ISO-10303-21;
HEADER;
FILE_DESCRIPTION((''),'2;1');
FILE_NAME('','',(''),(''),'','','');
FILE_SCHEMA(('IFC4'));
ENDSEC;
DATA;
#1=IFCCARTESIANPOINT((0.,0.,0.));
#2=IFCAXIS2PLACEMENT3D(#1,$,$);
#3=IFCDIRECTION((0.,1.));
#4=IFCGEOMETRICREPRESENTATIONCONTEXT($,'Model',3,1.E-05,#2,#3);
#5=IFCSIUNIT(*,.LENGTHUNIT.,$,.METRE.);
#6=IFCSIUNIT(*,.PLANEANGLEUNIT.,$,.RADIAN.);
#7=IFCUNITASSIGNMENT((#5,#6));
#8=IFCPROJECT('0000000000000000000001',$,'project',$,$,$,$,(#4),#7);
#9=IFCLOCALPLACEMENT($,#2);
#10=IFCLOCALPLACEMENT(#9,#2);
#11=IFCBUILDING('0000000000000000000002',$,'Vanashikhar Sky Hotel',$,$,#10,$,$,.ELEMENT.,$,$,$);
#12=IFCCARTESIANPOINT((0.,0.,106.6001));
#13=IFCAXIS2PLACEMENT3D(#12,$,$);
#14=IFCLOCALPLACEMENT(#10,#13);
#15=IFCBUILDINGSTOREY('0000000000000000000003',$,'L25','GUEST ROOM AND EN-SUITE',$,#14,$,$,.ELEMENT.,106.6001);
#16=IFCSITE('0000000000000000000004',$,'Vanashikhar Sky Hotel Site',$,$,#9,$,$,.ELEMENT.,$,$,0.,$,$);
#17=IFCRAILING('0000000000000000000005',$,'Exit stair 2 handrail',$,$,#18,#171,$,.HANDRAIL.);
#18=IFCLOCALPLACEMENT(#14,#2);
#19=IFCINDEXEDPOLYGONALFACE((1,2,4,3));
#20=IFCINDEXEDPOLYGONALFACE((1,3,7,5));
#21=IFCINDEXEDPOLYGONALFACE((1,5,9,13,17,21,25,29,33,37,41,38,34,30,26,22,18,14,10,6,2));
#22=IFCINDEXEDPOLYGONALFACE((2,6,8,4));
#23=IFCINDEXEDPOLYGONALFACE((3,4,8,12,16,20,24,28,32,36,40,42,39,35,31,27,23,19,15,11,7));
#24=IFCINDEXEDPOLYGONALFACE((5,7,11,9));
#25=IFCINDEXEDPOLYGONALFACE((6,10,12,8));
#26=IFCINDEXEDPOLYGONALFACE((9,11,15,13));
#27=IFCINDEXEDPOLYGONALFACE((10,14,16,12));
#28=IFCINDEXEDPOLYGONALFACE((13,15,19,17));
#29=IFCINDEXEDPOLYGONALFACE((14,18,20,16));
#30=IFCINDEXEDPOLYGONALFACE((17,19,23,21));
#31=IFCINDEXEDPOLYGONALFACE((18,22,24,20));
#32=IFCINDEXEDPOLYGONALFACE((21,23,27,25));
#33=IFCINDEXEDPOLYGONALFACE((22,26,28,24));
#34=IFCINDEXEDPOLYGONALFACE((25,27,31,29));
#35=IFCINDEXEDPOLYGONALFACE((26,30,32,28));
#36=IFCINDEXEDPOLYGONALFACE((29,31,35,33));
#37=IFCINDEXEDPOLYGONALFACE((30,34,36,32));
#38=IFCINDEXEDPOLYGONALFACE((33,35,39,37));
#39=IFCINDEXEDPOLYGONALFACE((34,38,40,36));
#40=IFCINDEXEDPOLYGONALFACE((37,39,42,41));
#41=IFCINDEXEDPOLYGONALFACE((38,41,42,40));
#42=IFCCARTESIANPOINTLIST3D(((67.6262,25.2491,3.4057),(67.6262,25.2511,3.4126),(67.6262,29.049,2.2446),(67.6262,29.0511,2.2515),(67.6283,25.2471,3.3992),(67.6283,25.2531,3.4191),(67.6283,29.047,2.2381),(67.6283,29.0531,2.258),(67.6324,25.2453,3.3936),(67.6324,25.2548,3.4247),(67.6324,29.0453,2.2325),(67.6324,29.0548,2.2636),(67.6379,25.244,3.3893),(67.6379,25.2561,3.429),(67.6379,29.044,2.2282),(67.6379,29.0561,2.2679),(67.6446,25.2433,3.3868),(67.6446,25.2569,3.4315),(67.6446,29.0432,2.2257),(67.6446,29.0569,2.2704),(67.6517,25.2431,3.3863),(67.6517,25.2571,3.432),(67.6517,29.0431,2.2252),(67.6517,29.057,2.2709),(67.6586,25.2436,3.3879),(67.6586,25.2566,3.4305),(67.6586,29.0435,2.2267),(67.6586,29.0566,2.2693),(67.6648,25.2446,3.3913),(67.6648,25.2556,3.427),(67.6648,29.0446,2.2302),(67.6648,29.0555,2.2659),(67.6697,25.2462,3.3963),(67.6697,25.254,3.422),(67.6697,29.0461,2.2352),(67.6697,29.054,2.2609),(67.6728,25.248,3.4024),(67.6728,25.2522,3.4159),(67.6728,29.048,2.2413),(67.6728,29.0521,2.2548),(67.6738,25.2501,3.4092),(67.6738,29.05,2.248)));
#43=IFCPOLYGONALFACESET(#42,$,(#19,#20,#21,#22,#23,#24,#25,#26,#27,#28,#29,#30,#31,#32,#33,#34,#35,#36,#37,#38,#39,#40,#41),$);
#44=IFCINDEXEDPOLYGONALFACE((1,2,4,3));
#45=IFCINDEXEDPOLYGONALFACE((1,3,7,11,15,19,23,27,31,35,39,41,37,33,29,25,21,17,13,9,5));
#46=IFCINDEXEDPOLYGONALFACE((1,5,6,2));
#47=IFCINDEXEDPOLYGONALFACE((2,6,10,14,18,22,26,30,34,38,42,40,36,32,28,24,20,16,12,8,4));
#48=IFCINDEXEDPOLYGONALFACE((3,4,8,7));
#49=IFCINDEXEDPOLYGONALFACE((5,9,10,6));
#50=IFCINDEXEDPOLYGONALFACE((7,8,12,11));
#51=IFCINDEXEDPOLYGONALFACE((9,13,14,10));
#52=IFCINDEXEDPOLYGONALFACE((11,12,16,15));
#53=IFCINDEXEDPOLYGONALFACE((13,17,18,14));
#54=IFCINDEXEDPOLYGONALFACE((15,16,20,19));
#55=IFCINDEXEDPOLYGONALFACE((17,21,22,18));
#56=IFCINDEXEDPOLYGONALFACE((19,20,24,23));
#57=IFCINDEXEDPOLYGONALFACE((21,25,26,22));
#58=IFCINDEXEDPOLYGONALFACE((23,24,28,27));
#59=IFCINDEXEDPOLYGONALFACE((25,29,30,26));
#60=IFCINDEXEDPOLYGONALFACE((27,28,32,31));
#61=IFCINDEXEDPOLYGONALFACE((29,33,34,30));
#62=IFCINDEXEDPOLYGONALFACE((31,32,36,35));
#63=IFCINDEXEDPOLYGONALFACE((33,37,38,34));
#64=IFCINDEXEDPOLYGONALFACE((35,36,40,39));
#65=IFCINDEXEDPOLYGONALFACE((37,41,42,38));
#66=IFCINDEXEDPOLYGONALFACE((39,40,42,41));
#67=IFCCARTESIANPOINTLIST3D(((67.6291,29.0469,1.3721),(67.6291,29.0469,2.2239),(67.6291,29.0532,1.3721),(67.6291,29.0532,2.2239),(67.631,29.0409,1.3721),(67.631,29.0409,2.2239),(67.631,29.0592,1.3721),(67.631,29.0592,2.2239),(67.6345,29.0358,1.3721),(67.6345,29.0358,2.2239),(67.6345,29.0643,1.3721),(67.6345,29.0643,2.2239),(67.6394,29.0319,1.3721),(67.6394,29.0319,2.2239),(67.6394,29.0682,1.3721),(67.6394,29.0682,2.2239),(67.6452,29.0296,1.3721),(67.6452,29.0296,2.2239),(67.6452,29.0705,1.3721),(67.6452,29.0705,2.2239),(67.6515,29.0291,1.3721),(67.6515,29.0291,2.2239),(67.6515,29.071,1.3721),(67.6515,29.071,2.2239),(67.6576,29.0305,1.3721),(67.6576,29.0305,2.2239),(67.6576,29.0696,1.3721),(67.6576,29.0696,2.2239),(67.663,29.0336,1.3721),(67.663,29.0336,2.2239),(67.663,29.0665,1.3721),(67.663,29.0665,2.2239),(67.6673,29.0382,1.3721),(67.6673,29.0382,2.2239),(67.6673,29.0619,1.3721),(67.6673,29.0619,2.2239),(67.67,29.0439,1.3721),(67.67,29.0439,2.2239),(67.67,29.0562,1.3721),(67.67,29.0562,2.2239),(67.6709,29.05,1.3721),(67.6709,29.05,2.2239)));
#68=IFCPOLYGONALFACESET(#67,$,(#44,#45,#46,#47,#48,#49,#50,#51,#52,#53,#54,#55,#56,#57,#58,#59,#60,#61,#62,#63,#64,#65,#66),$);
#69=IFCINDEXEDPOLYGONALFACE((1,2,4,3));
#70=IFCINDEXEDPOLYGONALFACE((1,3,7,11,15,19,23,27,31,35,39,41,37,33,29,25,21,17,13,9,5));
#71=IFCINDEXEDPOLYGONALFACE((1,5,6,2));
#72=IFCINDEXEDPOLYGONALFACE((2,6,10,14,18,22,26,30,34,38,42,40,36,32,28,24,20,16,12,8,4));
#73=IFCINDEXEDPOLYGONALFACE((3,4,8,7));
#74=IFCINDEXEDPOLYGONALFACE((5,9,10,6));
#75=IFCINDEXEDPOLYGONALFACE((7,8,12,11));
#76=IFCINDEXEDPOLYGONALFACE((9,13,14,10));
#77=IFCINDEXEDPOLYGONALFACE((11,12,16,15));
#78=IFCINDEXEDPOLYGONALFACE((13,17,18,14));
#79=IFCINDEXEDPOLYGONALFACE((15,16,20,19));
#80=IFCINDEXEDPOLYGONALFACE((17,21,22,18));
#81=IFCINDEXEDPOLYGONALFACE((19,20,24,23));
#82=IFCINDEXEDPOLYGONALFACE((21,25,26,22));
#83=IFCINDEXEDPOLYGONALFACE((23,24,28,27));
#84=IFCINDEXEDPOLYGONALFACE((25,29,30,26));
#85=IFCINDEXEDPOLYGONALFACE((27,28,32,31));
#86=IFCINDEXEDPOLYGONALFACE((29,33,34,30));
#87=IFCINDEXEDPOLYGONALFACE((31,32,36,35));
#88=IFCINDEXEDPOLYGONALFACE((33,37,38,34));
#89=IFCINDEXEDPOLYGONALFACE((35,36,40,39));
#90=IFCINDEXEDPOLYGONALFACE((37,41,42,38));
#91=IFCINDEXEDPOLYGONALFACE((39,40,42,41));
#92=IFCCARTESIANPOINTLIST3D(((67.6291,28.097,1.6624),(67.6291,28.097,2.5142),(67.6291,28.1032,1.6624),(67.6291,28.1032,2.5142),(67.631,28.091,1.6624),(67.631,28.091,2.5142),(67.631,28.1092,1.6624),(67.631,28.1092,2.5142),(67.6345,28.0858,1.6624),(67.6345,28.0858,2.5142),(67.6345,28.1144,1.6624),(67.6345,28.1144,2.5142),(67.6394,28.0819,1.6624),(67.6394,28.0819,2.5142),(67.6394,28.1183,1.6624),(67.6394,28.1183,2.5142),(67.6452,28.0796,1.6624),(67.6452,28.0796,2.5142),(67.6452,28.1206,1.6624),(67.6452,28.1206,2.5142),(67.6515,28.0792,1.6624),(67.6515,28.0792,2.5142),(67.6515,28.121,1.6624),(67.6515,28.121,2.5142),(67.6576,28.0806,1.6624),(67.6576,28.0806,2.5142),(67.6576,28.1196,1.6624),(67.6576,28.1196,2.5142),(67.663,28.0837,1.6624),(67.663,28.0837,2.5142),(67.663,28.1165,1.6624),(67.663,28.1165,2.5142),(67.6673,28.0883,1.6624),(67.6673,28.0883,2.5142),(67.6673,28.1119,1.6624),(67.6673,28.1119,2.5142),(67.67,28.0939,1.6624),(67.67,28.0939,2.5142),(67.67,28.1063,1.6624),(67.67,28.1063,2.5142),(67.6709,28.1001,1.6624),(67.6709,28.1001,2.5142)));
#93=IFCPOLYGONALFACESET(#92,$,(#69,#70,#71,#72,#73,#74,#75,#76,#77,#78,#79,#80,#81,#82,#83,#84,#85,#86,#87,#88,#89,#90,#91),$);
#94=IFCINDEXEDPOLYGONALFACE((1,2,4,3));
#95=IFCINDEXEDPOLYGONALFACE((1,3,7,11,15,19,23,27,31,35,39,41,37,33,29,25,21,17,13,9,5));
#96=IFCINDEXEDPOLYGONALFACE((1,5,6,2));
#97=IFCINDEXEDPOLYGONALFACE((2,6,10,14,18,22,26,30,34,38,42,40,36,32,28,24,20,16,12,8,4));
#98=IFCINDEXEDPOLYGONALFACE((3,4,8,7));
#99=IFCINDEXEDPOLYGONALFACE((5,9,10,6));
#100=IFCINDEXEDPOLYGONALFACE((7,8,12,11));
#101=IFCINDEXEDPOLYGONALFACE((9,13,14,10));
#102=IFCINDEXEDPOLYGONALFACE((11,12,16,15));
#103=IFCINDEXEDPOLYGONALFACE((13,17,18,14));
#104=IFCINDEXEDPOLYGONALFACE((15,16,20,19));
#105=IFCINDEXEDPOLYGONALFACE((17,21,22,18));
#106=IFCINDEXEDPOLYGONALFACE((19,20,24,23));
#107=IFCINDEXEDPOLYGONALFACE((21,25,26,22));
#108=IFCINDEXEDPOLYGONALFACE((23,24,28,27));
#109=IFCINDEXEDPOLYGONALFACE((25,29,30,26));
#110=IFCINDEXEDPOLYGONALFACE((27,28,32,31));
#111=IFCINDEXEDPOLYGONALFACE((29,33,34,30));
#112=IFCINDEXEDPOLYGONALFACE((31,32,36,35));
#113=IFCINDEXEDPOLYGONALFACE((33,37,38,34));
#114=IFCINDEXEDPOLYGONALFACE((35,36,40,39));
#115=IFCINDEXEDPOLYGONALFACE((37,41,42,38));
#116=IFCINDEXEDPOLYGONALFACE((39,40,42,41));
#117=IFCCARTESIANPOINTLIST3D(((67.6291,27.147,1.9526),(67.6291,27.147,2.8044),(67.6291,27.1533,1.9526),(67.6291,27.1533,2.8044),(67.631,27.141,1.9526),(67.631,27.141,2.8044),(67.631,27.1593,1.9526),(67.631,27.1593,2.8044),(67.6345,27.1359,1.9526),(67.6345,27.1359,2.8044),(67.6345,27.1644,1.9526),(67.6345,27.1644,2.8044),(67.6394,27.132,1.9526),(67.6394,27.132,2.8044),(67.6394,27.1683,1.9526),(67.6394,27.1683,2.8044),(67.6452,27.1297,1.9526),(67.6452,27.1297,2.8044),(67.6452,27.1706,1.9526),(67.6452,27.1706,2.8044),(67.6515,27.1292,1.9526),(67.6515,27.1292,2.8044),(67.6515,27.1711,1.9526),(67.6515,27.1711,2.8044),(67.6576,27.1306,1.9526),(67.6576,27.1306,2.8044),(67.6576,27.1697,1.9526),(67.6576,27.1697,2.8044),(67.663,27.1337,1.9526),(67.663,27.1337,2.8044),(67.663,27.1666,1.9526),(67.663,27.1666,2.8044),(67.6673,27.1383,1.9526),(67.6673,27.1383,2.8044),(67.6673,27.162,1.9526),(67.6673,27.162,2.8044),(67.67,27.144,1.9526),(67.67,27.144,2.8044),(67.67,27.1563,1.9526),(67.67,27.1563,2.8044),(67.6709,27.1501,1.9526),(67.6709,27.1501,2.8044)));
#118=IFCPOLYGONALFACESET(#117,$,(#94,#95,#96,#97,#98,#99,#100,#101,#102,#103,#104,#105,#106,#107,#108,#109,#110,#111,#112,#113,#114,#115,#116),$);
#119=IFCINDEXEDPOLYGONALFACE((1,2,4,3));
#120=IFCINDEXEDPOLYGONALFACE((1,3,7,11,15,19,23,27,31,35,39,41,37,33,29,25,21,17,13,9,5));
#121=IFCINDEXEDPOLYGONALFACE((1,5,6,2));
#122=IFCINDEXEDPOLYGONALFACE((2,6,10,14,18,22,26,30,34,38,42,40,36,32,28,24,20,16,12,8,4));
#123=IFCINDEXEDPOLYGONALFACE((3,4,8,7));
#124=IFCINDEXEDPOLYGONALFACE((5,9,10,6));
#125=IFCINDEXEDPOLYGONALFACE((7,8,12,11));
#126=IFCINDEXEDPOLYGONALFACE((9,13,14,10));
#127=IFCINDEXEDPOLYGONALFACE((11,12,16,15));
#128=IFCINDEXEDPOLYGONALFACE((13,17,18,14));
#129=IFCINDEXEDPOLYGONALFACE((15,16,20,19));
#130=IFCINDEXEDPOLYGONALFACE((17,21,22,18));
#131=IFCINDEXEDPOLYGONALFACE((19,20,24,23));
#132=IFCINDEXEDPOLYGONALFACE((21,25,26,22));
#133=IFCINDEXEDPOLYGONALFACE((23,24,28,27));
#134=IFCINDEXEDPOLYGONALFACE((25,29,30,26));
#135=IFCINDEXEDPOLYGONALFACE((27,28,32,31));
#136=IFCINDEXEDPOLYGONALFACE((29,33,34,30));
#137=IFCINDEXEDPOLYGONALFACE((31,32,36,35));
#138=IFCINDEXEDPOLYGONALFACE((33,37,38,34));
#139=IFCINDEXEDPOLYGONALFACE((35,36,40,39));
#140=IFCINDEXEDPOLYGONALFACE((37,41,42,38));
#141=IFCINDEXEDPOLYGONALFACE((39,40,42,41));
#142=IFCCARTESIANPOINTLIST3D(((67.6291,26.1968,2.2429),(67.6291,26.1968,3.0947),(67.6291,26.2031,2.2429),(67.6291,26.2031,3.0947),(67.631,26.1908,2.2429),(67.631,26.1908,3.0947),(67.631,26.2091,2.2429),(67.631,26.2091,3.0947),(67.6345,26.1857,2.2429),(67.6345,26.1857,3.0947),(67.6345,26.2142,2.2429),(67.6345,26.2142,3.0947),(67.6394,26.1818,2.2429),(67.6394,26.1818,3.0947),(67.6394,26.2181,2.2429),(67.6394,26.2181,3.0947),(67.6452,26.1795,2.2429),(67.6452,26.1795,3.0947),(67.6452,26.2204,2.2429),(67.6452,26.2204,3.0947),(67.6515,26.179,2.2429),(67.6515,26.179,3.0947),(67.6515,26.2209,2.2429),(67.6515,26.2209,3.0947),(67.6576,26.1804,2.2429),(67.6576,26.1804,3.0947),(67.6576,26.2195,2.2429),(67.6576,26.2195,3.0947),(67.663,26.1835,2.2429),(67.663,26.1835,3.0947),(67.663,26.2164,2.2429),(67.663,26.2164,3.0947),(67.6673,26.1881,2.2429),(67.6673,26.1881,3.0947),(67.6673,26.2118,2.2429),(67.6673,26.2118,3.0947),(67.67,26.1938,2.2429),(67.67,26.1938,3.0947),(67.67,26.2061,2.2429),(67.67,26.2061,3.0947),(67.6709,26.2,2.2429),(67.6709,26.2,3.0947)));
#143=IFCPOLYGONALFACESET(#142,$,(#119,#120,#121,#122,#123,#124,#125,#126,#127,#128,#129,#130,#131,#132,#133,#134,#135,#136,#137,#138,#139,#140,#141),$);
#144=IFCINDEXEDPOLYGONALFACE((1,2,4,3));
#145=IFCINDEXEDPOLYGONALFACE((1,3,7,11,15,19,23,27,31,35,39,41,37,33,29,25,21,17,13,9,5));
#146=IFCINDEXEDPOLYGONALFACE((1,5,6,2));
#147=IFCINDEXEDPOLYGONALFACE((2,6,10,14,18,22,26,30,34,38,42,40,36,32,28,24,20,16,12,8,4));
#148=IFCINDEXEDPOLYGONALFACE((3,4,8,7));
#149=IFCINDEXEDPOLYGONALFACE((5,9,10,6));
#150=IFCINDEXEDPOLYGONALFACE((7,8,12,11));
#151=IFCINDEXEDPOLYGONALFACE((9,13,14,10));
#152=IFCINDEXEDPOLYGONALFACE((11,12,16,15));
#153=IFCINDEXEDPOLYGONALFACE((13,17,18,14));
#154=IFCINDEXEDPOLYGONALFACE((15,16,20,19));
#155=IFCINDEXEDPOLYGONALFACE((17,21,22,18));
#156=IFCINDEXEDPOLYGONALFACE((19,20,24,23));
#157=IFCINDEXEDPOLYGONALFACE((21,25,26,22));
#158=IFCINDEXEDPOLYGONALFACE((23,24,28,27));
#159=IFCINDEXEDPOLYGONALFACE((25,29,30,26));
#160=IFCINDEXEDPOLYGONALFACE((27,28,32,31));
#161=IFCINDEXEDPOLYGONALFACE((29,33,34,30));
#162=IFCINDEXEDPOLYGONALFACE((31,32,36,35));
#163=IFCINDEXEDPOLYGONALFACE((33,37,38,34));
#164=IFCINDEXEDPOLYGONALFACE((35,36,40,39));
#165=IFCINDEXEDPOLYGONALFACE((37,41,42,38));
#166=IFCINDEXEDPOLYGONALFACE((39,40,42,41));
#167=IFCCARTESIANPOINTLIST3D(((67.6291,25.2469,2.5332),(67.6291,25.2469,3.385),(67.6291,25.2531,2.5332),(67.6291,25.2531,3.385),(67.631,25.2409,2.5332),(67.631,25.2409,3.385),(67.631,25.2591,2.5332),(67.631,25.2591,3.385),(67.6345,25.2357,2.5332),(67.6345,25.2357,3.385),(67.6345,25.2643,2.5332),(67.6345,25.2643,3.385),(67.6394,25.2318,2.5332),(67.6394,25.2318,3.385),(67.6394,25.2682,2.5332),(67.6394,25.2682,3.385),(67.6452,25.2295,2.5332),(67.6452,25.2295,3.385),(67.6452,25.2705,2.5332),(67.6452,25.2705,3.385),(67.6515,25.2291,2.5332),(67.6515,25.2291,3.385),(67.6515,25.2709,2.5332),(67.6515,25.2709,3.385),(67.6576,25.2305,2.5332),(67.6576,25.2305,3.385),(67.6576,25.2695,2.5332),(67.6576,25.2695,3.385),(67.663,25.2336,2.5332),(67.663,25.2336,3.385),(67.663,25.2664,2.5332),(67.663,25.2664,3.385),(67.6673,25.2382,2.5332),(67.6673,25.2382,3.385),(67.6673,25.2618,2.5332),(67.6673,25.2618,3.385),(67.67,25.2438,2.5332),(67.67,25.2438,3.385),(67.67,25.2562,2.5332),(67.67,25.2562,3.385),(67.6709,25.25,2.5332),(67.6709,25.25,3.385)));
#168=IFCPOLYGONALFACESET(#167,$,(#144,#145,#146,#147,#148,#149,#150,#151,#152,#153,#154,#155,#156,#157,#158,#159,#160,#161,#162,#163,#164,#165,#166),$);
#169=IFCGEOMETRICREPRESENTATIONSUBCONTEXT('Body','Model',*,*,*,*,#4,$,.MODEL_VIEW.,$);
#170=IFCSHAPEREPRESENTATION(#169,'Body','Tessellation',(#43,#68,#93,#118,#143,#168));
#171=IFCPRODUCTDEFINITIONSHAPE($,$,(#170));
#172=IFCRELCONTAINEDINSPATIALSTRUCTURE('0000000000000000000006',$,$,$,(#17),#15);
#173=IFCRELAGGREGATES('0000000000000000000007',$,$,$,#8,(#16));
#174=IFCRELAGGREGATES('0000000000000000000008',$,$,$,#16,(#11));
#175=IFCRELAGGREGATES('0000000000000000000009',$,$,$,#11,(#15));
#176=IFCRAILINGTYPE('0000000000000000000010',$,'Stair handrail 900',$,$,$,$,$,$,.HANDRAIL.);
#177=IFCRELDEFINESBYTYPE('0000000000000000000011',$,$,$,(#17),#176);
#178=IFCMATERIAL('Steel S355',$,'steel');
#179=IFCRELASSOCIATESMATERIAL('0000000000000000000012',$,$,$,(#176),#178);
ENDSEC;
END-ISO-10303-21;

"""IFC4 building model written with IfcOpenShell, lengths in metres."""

from ifc_helpers import new_model, si_unit, direction, frame, origin, origin_2d, place, context, subcontext, project, spatial, circle, extrude, source, transform, mapped, material, type_object, element, save


model = new_model("IFC4")

# Units and contexts
model_context = context("Model", 3, precision=1e-05, world=origin(), true_north=direction((0.0, 1.0)))
body_context = subcontext(model_context, "Body", "Model", "MODEL_VIEW")
ifc_project = project(units=[si_unit("LENGTHUNIT", "METRE"), si_unit("PLANEANGLEUNIT", "RADIAN")], contexts=[model_context])

# Site, building, storey
site_placement = place(None, origin())
site = spatial("IfcSite", under=ifc_project, at=site_placement, Name="Vanashikhar Sky Hotel Site", CompositionType="ELEMENT", RefElevation=0.0)
building_placement = place(site_placement, origin())
building = spatial("IfcBuilding", under=site, at=building_placement, Name="Vanashikhar Sky Hotel", CompositionType="ELEMENT")
storey_placement = place(building_placement, frame((0.0, 0.0, 106.6001)))
storey = spatial("IfcBuildingStorey", under=building, at=storey_placement, Name="L25", Description="GUEST ROOM AND EN-SUITE", CompositionType="ELEMENT", Elevation=106.6001)

# Railing
ifc_material_1 = material(Name="Steel S355", Category="steel")
railing_type_1 = type_object("IfcRailingType", Name="Stair handrail 900", PredefinedType="HANDRAIL", material=ifc_material_1)
shared_shape_1 = source(origin(), body_context, "Body", "SweptSolid", [
    extrude(circle(Radius=0.0239, at=origin_2d()), frame((0.0, 0.0, 0.876), z_axis=(0.0, -0.956351, 0.29222), x_axis=(1.0, 0.0, 0.0)), (0.0, 0.0, 1.0), 3.9734),
    extrude(circle(Radius=0.021, at=origin_2d()), origin(), (0.0, 0.0, 1.0), 0.8518),
    extrude(circle(Radius=0.021, at=origin_2d()), frame((0.0, -0.95, 0.2903)), (0.0, 0.0, 1.0), 0.8518),
    extrude(circle(Radius=0.021, at=origin_2d()), frame((0.0, -1.8999, 0.5806)), (0.0, 0.0, 1.0), 0.8518),
    extrude(circle(Radius=0.021, at=origin_2d()), frame((0.0, -2.8501, 0.8708)), (0.0, 0.0, 1.0), 0.8518),
    extrude(circle(Radius=0.021, at=origin_2d()), frame((0.0, -3.8, 1.1611)), (0.0, 0.0, 1.0), 0.8518),
])
for number, where, name in (
    (1, (67.6499, 29.05, 1.3721), "Exit stair 2 handrail"),
):
    element("IfcRailing", number, at=place(storey_placement, frame(where)), inside=storey, type_object=railing_type_1, Name=name, PredefinedType="HANDRAIL", context=body_context, shape_type="MappedRepresentation", body=[
        mapped(shared_shape_1, transform((0.0, 0.0, 0.0), scale=1.0)),
    ])

save(model, "model.ifc")
